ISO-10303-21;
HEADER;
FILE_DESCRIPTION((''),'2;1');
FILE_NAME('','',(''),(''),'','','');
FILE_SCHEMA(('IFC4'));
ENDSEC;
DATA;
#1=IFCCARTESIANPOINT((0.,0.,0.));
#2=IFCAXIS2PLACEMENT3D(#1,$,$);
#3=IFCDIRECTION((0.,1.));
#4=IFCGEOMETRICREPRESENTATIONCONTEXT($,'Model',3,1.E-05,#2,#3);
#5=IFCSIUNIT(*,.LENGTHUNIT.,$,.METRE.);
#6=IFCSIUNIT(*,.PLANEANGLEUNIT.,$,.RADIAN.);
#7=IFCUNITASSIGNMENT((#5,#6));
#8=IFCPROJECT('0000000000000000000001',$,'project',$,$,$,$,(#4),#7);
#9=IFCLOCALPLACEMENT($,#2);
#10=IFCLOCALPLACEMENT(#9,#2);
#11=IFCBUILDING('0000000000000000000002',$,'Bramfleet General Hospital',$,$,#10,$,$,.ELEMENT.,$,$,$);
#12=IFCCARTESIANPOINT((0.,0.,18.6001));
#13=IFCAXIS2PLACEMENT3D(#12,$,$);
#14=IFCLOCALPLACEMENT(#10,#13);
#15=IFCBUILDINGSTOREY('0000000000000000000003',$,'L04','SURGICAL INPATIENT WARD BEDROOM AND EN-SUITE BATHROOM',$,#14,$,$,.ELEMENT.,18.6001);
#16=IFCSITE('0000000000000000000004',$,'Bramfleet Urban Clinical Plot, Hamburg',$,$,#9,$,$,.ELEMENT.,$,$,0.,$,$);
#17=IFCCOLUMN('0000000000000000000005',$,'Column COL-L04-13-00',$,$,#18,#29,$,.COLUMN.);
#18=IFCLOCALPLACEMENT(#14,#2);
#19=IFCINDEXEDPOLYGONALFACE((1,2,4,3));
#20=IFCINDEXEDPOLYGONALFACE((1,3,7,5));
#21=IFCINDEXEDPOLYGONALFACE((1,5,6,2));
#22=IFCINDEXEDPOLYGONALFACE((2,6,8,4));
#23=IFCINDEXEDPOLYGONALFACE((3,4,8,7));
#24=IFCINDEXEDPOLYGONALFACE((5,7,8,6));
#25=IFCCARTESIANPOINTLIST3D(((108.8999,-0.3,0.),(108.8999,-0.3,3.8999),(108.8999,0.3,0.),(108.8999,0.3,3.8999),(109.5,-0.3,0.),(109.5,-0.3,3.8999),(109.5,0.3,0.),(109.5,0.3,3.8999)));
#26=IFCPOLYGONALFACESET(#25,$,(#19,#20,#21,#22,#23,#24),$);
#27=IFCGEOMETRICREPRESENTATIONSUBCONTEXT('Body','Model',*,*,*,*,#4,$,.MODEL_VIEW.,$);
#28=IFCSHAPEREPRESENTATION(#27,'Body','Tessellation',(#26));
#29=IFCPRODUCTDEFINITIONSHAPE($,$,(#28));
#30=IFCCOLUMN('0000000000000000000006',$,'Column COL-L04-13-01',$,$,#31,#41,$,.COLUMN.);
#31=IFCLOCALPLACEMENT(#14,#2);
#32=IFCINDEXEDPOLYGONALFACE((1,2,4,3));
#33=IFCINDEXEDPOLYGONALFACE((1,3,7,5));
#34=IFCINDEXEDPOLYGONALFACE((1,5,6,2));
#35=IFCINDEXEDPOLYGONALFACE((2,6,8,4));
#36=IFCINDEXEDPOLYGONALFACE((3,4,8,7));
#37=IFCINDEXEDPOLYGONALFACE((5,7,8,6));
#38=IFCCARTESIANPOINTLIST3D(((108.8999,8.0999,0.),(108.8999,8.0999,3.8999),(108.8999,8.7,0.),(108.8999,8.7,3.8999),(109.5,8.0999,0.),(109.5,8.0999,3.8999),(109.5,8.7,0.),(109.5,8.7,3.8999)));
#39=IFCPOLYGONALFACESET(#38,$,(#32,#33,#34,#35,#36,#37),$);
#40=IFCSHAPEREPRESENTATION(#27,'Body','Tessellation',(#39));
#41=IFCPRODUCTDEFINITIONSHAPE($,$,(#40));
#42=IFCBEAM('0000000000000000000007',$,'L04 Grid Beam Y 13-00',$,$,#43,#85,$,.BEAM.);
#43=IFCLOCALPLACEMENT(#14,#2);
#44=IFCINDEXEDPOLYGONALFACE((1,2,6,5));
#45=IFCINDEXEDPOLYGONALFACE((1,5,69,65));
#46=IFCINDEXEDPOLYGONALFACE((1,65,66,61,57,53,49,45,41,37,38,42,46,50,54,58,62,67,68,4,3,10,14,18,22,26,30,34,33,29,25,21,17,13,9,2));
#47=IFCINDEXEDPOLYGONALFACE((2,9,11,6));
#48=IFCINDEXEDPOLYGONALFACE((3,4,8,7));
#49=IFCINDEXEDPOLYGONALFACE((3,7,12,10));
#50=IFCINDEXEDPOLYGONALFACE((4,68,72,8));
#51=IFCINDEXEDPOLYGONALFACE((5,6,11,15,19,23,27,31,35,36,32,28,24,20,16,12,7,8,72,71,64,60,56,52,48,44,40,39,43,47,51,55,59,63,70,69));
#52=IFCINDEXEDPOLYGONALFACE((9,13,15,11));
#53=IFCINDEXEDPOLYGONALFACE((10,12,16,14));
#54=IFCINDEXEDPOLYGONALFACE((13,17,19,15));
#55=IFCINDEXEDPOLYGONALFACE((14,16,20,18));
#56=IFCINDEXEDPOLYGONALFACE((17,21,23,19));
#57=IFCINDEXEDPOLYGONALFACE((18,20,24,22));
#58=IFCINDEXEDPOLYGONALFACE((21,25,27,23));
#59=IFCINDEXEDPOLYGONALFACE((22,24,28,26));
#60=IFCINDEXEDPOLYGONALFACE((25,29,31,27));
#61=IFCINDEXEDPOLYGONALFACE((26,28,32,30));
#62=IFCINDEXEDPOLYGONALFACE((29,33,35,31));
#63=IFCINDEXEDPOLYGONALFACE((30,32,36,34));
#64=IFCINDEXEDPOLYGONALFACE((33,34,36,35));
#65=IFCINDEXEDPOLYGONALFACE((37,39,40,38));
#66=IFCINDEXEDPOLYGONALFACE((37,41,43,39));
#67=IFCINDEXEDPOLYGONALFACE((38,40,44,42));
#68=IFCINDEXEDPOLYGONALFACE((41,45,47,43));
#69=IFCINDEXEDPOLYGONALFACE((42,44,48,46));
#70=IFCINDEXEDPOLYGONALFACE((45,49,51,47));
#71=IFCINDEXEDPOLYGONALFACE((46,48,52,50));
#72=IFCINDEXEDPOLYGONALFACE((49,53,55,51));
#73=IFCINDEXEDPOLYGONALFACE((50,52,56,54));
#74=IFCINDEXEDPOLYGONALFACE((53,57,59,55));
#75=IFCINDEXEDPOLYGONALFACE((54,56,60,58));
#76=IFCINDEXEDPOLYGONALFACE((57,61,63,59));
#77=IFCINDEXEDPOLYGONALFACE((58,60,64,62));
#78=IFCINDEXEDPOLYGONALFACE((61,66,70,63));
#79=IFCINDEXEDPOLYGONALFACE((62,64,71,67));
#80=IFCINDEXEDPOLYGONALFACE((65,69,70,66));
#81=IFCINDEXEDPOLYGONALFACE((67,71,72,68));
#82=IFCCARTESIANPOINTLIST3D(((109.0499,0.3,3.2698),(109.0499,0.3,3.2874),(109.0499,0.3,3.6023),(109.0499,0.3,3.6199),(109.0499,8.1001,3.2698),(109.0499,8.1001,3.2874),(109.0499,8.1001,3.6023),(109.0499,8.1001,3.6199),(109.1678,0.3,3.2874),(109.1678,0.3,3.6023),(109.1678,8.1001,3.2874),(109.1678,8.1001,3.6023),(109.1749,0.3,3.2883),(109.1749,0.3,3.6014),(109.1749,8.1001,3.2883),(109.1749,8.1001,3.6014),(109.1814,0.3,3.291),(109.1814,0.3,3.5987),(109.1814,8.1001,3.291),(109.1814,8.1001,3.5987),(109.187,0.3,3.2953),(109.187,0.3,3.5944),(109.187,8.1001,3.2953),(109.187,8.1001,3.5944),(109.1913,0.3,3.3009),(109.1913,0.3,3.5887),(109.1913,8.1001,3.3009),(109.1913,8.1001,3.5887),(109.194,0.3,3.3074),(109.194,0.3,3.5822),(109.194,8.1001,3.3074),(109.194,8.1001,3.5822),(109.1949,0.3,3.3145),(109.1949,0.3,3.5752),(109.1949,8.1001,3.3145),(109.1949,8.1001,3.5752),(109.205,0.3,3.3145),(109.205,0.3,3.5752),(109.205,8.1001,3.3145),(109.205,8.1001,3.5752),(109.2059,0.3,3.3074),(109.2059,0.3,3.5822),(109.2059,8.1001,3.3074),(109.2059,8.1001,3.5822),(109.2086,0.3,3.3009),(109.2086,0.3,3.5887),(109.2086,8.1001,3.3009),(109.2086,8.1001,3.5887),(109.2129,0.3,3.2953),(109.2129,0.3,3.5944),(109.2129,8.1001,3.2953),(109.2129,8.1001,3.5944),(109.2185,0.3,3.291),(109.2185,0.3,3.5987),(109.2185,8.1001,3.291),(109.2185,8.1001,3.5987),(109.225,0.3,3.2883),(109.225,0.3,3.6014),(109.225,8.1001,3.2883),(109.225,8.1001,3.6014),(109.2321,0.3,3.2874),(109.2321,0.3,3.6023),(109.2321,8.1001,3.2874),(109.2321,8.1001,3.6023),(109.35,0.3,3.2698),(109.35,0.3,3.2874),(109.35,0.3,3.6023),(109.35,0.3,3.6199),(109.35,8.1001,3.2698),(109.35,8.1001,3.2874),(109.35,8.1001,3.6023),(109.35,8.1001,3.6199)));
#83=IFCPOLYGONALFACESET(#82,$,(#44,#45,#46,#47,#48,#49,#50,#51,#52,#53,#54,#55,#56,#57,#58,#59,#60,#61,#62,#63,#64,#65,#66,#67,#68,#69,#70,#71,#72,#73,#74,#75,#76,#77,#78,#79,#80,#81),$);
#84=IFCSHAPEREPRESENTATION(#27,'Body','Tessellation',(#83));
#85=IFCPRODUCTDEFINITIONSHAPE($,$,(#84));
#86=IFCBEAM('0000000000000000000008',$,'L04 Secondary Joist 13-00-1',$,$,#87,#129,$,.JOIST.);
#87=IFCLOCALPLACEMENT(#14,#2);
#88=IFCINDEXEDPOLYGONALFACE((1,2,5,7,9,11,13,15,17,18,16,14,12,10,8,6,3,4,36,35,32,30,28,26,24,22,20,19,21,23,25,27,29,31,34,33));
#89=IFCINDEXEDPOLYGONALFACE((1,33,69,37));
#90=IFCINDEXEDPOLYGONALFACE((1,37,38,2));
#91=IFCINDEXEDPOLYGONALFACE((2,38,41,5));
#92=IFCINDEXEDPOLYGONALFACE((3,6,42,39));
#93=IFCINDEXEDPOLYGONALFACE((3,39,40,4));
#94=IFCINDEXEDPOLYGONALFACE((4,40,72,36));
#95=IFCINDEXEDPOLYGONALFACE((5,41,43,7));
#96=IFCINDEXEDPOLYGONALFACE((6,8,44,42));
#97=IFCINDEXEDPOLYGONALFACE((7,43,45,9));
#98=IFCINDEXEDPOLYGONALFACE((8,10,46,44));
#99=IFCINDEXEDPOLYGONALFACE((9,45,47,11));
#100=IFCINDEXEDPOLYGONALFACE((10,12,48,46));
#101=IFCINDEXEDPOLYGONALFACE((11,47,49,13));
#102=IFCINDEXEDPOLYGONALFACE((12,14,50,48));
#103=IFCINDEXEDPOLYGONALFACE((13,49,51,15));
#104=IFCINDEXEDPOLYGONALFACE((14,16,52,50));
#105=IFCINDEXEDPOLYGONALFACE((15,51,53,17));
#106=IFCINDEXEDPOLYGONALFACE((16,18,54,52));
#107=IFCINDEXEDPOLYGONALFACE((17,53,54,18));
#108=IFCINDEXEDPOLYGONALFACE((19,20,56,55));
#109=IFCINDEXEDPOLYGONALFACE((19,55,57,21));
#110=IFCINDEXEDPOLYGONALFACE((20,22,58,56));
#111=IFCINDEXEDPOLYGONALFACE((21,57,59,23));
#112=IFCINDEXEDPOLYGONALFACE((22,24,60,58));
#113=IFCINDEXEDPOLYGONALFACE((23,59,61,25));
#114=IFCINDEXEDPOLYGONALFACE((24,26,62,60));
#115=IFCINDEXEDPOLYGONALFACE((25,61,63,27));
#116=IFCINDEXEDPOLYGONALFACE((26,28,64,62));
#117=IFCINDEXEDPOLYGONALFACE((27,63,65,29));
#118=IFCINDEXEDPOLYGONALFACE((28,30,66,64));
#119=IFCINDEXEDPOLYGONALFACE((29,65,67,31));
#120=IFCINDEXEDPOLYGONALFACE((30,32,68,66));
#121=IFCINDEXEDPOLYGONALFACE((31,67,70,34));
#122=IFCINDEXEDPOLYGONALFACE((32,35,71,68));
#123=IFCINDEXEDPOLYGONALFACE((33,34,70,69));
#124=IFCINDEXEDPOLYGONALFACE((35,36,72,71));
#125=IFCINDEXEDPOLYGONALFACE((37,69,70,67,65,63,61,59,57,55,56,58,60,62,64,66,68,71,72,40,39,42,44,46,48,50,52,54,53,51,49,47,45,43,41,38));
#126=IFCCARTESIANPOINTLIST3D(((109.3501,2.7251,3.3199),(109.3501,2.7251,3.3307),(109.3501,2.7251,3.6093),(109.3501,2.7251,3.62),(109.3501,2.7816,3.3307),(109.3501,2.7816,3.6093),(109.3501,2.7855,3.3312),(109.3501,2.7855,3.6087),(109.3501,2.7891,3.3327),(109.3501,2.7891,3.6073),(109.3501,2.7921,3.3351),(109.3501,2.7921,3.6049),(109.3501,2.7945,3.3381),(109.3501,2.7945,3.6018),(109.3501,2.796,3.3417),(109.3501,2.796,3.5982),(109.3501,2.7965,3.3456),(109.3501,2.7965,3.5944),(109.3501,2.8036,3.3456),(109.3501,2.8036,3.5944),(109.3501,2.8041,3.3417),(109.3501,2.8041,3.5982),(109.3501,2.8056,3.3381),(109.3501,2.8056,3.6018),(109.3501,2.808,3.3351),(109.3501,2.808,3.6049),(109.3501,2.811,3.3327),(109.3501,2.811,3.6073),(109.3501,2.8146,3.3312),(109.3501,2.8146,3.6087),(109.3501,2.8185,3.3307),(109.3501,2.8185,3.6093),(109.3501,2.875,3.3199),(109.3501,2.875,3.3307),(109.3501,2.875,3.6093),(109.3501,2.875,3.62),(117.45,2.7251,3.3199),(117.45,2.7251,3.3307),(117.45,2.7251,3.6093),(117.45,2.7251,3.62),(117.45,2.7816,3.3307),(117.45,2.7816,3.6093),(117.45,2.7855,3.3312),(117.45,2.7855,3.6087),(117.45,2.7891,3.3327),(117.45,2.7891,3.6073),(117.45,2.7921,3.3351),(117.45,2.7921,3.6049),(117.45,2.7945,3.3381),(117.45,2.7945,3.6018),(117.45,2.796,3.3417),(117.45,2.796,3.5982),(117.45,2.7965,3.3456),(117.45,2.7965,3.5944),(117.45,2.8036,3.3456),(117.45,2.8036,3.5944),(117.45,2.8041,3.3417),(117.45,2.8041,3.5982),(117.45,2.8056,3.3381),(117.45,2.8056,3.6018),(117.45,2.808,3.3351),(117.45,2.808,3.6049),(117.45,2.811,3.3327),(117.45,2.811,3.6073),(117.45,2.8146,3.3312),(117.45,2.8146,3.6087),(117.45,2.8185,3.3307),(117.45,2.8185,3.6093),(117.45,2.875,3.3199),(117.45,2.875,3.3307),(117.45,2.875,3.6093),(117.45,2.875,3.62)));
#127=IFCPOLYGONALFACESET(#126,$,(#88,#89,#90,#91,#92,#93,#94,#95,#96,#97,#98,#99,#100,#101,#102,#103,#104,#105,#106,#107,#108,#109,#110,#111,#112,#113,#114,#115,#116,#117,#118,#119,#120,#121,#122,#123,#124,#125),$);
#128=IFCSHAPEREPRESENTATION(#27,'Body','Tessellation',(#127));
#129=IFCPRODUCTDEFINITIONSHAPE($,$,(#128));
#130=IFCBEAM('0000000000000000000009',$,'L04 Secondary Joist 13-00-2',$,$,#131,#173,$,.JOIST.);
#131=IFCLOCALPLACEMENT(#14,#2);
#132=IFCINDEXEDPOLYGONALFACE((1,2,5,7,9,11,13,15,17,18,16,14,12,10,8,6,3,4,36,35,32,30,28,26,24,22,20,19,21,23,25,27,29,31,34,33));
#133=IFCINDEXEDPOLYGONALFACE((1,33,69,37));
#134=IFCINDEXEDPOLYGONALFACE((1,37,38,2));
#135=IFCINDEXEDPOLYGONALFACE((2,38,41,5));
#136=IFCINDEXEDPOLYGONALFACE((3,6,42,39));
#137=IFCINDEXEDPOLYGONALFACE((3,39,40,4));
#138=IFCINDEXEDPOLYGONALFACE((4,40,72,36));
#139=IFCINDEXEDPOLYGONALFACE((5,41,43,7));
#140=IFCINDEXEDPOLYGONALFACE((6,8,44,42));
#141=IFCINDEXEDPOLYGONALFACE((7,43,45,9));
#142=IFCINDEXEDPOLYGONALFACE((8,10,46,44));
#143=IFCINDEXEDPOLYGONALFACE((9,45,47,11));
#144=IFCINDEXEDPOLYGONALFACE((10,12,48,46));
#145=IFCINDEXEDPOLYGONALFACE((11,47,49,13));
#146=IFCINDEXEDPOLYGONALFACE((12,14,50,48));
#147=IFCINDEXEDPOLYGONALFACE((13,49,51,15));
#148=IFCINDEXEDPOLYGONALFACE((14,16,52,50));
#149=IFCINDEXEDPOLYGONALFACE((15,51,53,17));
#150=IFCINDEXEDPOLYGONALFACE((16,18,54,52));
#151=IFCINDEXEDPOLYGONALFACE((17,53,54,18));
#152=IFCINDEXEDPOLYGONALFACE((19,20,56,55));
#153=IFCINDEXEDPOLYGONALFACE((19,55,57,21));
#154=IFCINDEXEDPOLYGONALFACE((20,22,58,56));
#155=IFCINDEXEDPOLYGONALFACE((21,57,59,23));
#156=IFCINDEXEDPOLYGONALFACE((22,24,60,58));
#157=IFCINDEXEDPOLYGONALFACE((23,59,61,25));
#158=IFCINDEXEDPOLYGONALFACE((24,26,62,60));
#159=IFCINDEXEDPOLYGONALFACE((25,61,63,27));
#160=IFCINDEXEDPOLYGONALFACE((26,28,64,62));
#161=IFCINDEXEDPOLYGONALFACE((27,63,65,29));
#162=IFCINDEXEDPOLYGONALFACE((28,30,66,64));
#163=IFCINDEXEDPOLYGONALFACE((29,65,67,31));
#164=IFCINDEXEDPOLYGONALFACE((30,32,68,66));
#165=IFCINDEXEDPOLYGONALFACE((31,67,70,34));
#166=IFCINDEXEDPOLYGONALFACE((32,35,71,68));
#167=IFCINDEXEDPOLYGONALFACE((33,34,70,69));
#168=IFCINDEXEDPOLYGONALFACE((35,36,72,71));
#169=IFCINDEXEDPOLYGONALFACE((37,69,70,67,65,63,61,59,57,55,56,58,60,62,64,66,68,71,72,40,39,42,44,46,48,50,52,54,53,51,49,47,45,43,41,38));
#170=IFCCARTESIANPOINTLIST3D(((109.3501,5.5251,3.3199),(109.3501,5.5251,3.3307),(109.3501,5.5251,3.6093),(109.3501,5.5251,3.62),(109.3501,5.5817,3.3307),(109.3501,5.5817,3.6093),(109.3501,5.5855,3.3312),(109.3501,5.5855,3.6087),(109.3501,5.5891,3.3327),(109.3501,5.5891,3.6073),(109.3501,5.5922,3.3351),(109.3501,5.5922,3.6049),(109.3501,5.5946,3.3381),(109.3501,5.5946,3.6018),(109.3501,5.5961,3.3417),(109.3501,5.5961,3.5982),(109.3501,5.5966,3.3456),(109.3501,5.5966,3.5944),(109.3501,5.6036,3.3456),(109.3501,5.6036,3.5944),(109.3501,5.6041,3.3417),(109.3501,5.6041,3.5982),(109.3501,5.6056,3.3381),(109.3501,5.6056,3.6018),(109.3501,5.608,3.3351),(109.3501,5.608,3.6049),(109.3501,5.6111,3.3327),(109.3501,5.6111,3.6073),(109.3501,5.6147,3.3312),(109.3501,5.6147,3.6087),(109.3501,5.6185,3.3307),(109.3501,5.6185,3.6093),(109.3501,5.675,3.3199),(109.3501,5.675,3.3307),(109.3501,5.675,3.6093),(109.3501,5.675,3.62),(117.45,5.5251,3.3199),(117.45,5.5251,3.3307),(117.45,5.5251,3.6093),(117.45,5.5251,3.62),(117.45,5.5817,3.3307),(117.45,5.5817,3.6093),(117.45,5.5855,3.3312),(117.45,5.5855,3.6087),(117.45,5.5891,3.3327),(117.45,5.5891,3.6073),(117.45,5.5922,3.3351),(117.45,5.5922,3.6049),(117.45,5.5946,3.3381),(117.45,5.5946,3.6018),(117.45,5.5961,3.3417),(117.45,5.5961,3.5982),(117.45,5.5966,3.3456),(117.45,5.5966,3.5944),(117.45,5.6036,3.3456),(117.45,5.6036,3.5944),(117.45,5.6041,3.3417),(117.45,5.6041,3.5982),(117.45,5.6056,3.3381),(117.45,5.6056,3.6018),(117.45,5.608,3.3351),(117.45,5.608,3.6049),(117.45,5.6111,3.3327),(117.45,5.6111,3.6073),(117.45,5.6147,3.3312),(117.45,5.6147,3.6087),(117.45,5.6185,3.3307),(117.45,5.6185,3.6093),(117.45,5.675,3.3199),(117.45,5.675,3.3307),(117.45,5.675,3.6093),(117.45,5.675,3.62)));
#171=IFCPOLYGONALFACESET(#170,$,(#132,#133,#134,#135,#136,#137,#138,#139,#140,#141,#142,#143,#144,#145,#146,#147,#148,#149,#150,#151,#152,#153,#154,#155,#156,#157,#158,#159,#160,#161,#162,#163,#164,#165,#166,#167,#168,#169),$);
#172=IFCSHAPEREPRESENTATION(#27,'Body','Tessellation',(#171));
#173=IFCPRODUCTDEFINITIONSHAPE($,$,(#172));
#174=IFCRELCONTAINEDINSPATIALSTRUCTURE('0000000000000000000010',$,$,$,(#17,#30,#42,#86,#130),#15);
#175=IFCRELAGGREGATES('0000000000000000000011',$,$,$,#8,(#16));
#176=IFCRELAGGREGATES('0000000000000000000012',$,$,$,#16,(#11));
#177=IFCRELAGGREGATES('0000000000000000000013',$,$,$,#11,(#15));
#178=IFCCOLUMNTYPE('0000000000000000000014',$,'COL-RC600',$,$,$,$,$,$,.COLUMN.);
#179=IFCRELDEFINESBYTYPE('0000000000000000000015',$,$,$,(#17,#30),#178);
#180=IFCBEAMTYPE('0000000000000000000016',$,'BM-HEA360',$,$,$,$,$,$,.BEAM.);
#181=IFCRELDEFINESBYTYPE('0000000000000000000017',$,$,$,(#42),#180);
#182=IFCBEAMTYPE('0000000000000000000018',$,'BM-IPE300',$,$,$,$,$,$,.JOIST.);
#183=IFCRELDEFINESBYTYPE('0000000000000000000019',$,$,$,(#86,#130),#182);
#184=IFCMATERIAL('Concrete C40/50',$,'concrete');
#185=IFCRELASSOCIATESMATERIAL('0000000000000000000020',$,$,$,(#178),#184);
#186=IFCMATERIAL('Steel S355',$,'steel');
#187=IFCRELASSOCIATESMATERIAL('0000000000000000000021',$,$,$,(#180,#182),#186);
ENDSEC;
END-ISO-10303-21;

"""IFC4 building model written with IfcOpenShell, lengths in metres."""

from ifc_helpers import new_model, si_unit, direction, frame, origin, origin_2d, place, context, subcontext, project, spatial, rectangle, i_section, extrude, material, material_profile, profile_set, type_object, element, save


model = new_model("IFC4")

# Units and contexts
model_context = context("Model", 3, precision=1e-05, world=origin(), true_north=direction((0.0, 1.0)))
body_context = subcontext(model_context, "Body", "Model", "MODEL_VIEW")
ifc_project = project(units=[si_unit("LENGTHUNIT", "METRE"), si_unit("PLANEANGLEUNIT", "RADIAN")], contexts=[model_context])

# Site, building, storey
site_placement = place(None, origin())
site = spatial("IfcSite", under=ifc_project, at=site_placement, Name="Bramfleet Urban Clinical Plot, Hamburg", CompositionType="ELEMENT", RefElevation=0.0)
building_placement = place(site_placement, origin())
building = spatial("IfcBuilding", under=site, at=building_placement, Name="Bramfleet General Hospital", CompositionType="ELEMENT")
storey_placement = place(building_placement, frame((0.0, 0.0, 18.6001)))
storey = spatial("IfcBuildingStorey", under=building, at=storey_placement, Name="L04", Description="SURGICAL INPATIENT WARD BEDROOM AND EN-SUITE BATHROOM", CompositionType="ELEMENT", Elevation=18.6001)

# Columns
ifc_material_1 = material(Name="Concrete C40/50", Category="concrete")
ifc_material_profile_1 = material_profile(ifc_material_1, rectangle(XDim=0.6001, YDim=0.6001, at=origin_2d()), Name="RC COL 600x600")
ifc_profile_set_1 = profile_set([ifc_material_profile_1], Name="Concrete C40/50")
column_type = type_object("IfcColumnType", Name="COL-RC600", PredefinedType="COLUMN", material=ifc_profile_set_1)
for number, where, z_axis, x_axis, name in (
    (1, (109.2, 0.0, 0.0), (0.0, 0.0, 1.0), (1.0, 0.0, 0.0), "Column COL-L04-13-00"),
    (2, (109.2, 8.3999, 0.0), (0.0, 0.0, 1.0), (1.0, 0.0, 0.0), "Column COL-L04-13-01"),
):
    element("IfcColumn", number, at=place(storey_placement, frame(where, z_axis=z_axis, x_axis=x_axis)), inside=storey, type_object=column_type, Name=name, PredefinedType="COLUMN", context=body_context, shape_type="SweptSolid", body=[
        extrude(rectangle(XDim=0.6001, YDim=0.6001, at=origin_2d()), origin(), (0.0, 0.0, 1.0), 3.8999),
    ])

# Beams
ifc_material_2 = material(Name="Steel S355", Category="steel")
ifc_material_profile_2 = material_profile(ifc_material_2, i_section(OverallWidth=0.3, OverallDepth=0.3501, WebThickness=0.01, FlangeThickness=0.0176, FilletRadius=0.0271, at=origin_2d()), Name="HEA 360")
ifc_profile_set_2 = profile_set([ifc_material_profile_2], Name="Steel S355")
beam_type_1 = type_object("IfcBeamType", Name="BM-HEA360", PredefinedType="BEAM", material=ifc_profile_set_2)
beam_1_placement = place(storey_placement, frame((109.2, 0.3, 3.4448), z_axis=(0.0, 1.0, 0.0), x_axis=(-1.0, 0.0, 0.0)))
element("IfcBeam", 3, at=beam_1_placement, inside=storey, type_object=beam_type_1, Name="L04 Grid Beam Y 13-00", PredefinedType="BEAM", context=body_context, shape_type="SweptSolid", body=[
    extrude(i_section(OverallWidth=0.3, OverallDepth=0.3501, WebThickness=0.01, FlangeThickness=0.0176, FilletRadius=0.0271, at=origin_2d()), origin(), (0.0, 0.0, 1.0), 7.8),
])
ifc_material_profile_3 = material_profile(ifc_material_2, i_section(OverallWidth=0.1499, OverallDepth=0.3, WebThickness=0.0071, FlangeThickness=0.0107, FilletRadius=0.0149, at=origin_2d()), Name="IPE 300")
ifc_profile_set_3 = profile_set([ifc_material_profile_3], Name="Steel S355")
beam_type_2 = type_object("IfcBeamType", Name="BM-IPE300", PredefinedType="JOIST", material=ifc_profile_set_3)
for number, where, z_axis, x_axis, name in (
    (4, (109.3501, 2.8, 3.47), (1.0, 0.0, 0.0), (0.0, 1.0, 0.0), "L04 Secondary Joist 13-00-1"),
    (5, (109.3501, 5.6001, 3.47), (1.0, 0.0, 0.0), (0.0, 1.0, 0.0), "L04 Secondary Joist 13-00-2"),
):
    element("IfcBeam", number, at=place(storey_placement, frame(where, z_axis=z_axis, x_axis=x_axis)), inside=storey, type_object=beam_type_2, Name=name, PredefinedType="JOIST", context=body_context, shape_type="SweptSolid", body=[
        extrude(i_section(OverallWidth=0.1499, OverallDepth=0.3, WebThickness=0.0071, FlangeThickness=0.0107, FilletRadius=0.0149, at=origin_2d()), origin(), (0.0, 0.0, 1.0), 8.0999),
    ])

save(model, "model.ifc")
